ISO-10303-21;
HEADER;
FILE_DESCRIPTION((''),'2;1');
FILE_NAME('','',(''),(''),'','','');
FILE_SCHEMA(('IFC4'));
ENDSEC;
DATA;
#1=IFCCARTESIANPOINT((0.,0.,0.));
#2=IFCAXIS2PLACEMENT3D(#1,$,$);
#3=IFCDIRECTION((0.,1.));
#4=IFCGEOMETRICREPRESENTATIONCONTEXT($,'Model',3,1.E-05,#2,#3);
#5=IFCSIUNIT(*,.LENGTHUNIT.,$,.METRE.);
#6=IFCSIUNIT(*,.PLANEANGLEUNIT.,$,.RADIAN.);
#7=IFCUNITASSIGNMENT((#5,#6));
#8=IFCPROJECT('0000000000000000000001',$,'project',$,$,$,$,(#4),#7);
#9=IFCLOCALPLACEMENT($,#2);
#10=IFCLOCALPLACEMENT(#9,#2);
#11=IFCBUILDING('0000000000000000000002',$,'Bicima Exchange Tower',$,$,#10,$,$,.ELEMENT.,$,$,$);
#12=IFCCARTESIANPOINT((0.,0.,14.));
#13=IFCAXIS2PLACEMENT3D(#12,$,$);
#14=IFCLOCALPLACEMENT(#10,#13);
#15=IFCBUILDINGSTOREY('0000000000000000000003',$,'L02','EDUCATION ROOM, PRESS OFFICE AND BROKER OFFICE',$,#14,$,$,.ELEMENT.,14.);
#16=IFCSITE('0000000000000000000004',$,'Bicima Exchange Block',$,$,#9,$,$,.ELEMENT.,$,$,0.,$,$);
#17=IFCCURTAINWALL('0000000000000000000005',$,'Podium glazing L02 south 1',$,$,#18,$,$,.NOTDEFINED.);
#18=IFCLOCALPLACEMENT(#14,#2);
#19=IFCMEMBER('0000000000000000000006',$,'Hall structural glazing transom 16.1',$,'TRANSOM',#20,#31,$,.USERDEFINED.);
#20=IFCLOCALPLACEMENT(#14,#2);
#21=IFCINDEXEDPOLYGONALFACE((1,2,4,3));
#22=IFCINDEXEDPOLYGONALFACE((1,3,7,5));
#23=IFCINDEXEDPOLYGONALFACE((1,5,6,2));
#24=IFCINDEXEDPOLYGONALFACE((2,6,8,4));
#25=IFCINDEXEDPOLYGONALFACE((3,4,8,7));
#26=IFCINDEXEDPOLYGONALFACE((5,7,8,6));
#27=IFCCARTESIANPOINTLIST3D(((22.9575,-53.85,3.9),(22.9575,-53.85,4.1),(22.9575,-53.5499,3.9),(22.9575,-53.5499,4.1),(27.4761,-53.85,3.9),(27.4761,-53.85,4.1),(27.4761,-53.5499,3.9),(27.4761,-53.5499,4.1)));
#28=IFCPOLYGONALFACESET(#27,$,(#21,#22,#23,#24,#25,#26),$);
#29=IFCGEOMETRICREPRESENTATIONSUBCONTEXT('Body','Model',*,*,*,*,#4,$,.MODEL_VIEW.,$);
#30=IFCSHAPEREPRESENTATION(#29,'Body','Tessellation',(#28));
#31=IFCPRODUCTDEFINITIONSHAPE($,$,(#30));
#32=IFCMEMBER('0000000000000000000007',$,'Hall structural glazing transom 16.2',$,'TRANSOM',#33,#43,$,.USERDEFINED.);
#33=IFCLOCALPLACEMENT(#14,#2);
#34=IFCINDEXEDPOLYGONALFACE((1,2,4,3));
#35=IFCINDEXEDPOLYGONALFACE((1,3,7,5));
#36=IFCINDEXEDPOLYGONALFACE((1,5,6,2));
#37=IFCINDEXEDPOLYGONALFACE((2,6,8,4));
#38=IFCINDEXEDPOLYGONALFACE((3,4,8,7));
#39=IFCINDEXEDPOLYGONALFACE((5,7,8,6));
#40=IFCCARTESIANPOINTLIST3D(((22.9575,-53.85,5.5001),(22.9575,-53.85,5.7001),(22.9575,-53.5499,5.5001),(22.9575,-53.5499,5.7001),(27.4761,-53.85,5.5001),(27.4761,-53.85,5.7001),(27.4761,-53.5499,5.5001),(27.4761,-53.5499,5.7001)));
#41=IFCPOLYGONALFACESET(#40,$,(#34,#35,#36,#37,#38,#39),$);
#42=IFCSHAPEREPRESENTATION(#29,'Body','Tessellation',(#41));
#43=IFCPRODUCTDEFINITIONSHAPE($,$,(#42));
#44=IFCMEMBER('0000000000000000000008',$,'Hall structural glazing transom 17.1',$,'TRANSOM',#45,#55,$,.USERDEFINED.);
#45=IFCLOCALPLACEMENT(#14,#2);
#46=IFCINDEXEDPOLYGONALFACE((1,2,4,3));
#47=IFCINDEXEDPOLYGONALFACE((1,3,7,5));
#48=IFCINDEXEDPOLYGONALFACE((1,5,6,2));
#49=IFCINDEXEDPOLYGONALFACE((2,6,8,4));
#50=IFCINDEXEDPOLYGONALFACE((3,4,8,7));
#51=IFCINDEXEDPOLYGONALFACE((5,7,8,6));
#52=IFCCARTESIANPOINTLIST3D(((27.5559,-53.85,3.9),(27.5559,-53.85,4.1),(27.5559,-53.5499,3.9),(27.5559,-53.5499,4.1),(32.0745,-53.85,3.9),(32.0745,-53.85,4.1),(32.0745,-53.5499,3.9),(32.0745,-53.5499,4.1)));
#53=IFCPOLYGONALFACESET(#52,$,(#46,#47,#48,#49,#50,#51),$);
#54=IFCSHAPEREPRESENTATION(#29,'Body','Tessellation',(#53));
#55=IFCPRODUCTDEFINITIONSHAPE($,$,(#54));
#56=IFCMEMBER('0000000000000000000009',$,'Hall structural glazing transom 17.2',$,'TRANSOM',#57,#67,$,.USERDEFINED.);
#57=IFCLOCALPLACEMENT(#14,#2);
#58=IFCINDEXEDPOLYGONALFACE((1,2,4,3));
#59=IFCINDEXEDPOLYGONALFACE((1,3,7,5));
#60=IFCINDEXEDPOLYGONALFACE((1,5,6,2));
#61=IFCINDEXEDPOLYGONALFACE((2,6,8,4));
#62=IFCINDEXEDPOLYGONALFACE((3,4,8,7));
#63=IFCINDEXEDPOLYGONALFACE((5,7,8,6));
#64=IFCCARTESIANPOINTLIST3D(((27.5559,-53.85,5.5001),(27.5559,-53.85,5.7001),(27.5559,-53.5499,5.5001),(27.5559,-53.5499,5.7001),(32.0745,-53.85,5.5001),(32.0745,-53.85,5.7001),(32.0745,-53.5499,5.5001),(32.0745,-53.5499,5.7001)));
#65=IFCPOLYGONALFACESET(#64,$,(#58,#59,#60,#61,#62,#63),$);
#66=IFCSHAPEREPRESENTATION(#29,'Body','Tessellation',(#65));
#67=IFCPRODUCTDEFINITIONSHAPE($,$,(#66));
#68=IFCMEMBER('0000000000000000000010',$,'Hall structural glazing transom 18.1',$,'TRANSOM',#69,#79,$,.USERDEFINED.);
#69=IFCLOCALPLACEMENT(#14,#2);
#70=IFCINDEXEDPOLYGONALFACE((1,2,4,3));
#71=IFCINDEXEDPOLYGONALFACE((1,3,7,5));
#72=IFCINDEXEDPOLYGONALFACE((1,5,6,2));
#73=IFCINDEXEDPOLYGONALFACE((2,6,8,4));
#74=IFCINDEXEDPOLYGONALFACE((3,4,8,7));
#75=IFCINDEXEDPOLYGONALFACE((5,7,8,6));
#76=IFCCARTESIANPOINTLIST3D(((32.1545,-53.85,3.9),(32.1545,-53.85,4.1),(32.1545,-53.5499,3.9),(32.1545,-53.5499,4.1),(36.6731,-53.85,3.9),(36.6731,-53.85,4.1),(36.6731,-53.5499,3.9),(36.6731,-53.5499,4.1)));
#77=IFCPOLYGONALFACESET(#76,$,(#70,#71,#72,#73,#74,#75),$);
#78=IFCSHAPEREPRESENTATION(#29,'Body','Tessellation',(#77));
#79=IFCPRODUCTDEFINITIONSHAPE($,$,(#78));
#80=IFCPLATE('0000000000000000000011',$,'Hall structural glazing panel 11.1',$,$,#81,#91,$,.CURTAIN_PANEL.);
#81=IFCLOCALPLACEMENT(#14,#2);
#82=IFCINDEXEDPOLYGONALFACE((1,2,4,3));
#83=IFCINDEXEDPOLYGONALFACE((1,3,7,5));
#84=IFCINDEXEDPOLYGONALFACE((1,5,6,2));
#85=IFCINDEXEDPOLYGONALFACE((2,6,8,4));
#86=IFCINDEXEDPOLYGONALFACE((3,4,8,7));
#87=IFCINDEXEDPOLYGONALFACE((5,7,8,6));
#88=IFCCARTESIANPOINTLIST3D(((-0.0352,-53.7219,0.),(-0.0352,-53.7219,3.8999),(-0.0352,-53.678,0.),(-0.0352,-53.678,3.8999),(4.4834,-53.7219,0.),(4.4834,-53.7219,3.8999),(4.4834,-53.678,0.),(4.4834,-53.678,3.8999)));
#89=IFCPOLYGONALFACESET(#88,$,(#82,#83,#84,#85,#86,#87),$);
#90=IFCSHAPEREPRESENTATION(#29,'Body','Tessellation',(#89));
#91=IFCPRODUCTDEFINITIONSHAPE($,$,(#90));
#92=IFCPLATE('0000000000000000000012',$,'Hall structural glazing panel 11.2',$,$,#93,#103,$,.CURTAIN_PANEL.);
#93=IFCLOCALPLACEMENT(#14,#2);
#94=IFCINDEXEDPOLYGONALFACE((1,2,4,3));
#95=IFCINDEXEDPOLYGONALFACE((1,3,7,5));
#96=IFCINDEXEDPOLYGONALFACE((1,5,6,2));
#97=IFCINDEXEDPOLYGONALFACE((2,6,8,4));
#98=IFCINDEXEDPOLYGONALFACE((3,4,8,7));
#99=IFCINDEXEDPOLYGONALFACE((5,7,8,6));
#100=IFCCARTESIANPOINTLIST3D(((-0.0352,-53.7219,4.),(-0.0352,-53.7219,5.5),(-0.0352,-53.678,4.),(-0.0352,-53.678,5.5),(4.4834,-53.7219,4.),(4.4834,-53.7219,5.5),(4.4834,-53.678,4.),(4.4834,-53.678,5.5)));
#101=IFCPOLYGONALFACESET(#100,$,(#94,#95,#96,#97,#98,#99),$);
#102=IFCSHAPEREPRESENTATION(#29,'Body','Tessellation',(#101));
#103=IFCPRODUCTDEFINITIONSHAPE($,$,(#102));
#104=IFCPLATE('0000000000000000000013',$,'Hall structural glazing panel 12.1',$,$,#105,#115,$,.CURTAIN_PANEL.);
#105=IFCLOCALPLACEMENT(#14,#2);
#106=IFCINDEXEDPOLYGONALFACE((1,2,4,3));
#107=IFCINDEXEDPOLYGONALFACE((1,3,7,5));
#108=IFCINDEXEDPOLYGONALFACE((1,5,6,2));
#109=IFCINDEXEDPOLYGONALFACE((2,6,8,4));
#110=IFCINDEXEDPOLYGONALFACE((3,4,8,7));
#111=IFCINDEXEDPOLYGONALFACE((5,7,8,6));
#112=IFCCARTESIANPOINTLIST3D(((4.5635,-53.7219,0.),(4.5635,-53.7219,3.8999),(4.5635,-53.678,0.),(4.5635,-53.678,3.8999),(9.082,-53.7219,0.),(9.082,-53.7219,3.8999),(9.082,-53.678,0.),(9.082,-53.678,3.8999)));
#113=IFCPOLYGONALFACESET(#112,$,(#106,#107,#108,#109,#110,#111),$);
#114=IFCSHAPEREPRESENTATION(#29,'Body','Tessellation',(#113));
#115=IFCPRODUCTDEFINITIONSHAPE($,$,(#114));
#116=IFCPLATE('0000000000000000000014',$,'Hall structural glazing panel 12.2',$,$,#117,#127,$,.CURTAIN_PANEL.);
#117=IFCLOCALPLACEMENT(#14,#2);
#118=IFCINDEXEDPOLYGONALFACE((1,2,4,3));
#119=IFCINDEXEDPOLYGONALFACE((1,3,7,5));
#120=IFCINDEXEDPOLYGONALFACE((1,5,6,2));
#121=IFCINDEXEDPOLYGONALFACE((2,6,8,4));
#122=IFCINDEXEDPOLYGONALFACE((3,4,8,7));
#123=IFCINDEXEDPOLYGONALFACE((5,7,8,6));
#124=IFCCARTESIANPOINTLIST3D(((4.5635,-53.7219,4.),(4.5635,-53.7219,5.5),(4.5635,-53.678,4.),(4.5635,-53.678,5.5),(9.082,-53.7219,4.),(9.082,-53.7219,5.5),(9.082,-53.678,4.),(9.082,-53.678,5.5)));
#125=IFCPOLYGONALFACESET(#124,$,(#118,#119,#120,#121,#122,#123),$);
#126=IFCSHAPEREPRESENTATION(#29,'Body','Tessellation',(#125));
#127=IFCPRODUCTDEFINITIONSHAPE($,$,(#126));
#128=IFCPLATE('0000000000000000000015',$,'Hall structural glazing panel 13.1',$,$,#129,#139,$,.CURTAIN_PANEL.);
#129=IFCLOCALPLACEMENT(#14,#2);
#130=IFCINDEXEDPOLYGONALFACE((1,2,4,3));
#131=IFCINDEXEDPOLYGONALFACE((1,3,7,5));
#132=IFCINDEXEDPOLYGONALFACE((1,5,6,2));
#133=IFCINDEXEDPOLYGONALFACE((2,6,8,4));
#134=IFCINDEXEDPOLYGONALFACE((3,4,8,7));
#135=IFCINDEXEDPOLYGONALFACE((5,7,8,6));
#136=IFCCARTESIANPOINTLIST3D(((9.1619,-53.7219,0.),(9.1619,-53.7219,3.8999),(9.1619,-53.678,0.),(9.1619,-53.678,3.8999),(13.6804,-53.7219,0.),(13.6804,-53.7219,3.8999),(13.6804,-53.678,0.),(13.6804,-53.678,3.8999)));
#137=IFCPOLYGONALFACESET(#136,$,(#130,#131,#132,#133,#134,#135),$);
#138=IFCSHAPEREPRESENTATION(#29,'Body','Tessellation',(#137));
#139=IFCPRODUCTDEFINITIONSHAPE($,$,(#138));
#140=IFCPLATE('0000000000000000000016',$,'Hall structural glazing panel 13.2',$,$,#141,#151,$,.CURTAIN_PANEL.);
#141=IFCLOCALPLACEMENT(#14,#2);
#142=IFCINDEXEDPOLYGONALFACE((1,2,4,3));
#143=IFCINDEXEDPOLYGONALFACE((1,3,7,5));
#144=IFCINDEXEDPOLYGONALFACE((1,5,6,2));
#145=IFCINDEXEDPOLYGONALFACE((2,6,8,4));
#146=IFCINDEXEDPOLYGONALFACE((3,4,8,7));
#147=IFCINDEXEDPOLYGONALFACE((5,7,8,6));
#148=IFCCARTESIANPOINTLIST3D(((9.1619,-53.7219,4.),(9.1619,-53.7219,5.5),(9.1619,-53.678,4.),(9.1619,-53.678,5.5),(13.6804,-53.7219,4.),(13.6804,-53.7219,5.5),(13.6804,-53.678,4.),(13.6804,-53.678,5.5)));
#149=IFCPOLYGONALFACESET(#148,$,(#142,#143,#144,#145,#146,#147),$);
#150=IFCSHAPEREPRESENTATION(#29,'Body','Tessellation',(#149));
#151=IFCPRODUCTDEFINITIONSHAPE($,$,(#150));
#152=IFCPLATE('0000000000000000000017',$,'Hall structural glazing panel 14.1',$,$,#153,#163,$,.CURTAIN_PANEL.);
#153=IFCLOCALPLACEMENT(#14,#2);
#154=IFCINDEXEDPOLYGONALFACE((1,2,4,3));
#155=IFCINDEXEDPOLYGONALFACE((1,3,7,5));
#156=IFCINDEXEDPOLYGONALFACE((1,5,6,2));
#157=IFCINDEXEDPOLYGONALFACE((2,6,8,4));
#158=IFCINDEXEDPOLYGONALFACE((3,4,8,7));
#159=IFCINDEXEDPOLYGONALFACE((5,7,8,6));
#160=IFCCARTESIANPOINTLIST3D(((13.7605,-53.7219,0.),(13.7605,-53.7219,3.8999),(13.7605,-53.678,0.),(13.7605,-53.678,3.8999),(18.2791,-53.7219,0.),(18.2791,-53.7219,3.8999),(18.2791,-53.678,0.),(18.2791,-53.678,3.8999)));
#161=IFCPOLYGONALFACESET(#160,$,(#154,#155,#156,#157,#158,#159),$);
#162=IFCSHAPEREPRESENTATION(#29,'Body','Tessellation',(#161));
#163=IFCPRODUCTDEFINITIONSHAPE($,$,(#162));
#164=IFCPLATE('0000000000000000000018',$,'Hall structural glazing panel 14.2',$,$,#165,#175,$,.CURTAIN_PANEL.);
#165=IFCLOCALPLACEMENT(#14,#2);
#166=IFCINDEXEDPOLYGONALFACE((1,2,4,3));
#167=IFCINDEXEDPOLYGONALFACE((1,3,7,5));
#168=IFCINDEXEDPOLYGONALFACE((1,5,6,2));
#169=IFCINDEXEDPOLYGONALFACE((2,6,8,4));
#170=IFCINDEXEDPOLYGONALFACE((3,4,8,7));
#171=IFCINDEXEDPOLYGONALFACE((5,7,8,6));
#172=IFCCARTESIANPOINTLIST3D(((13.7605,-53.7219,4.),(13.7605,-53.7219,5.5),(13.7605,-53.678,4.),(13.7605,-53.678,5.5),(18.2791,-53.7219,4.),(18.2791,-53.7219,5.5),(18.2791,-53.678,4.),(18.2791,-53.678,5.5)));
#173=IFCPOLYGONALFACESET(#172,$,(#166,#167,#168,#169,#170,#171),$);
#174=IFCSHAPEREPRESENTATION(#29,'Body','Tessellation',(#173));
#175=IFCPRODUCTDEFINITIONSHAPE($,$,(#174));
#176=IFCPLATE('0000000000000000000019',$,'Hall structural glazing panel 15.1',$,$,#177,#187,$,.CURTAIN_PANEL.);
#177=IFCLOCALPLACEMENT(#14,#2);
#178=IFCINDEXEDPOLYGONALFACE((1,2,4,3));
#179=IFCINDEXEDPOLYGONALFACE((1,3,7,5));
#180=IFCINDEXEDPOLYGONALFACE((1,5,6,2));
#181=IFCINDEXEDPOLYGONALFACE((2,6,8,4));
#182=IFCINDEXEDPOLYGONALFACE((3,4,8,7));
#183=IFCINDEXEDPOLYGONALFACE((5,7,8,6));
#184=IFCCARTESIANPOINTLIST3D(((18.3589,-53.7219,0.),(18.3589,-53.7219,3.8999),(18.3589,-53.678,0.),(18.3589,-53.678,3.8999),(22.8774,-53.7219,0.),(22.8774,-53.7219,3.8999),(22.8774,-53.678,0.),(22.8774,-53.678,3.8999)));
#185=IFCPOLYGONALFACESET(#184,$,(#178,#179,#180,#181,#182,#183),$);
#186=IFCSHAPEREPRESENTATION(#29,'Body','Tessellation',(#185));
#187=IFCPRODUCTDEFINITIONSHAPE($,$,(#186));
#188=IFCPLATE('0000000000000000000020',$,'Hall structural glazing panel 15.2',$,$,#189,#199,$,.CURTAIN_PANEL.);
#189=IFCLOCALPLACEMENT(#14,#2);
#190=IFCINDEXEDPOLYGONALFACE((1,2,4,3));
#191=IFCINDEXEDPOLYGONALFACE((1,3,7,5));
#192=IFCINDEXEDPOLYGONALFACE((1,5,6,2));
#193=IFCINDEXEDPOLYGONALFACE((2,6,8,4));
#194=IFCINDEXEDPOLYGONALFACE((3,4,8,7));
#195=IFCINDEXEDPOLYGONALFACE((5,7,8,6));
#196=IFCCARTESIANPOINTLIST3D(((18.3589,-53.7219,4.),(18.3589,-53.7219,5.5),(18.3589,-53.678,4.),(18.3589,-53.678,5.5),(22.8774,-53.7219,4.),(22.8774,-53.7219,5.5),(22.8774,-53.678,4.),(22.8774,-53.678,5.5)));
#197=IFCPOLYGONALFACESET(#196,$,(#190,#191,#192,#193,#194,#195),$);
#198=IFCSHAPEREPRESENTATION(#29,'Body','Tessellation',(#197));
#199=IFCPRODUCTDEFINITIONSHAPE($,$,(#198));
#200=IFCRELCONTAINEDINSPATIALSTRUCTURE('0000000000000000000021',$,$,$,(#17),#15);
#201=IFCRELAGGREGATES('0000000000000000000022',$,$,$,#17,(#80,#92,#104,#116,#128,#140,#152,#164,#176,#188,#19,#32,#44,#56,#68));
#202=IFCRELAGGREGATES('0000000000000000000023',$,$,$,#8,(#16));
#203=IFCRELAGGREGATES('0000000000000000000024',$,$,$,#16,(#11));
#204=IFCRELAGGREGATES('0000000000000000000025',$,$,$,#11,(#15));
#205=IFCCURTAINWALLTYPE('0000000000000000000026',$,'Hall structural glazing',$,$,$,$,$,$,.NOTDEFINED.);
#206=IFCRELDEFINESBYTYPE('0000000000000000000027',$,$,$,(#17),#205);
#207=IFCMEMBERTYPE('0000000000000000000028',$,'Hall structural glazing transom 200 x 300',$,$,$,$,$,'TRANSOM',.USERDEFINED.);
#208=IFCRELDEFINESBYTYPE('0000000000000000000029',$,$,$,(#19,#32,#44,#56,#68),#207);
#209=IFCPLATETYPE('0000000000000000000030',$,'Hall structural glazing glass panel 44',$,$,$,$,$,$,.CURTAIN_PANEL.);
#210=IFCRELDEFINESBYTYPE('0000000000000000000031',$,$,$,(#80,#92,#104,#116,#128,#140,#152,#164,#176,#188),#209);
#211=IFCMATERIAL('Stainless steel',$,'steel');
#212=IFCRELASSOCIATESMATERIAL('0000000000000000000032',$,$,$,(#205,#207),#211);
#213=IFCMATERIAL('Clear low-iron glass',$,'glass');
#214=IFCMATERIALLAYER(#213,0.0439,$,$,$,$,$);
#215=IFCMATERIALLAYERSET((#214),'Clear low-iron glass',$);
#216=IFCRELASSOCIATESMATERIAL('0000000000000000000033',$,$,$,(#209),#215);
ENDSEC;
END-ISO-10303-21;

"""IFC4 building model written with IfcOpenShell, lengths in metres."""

from ifc_helpers import new_model, si_unit, direction, frame, origin, origin_2d, place, context, subcontext, project, spatial, rectangle, extrude, material, layer, layer_set, material_profile, profile_set, type_object, element, aggregate, save


model = new_model("IFC4")

# Units and contexts
model_context = context("Model", 3, precision=1e-05, world=origin(), true_north=direction((0.0, 1.0)))
body_context = subcontext(model_context, "Body", "Model", "MODEL_VIEW")
ifc_project = project(units=[si_unit("LENGTHUNIT", "METRE"), si_unit("PLANEANGLEUNIT", "RADIAN")], contexts=[model_context])

# Site, building, storey
site_placement = place(None, origin())
site = spatial("IfcSite", under=ifc_project, at=site_placement, Name="Bicima Exchange Block", CompositionType="ELEMENT", RefElevation=0.0)
building_placement = place(site_placement, origin())
building = spatial("IfcBuilding", under=site, at=building_placement, Name="Bicima Exchange Tower", CompositionType="ELEMENT")
storey_placement = place(building_placement, frame((0.0, 0.0, 14.0)))
storey = spatial("IfcBuildingStorey", under=building, at=storey_placement, Name="L02", Description="EDUCATION ROOM, PRESS OFFICE AND BROKER OFFICE", CompositionType="ELEMENT", Elevation=14.0)

# Curtain wall, members, plates
ifc_material_1 = material(Name="Stainless steel", Category="steel")
curtain_wall_type = type_object("IfcCurtainWallType", Name="Hall structural glazing", PredefinedType="NOTDEFINED", material=ifc_material_1)
curtain_wall_placement = place(storey_placement, origin())
curtain_wall = element("IfcCurtainWall", 1, at=curtain_wall_placement, inside=storey, type_object=curtain_wall_type, Name="Podium glazing L02 south 1", PredefinedType="NOTDEFINED")
ifc_material_profile_1 = material_profile(ifc_material_1, rectangle(XDim=0.3, YDim=0.2, at=origin_2d()))
ifc_profile_set_1 = profile_set([ifc_material_profile_1], Name="Stainless steel")
member_type_1 = type_object("IfcMemberType", Name="Hall structural glazing transom 200 x 300", ElementType="TRANSOM", PredefinedType="USERDEFINED", material=ifc_profile_set_1)
member_1_placement = place(storey_placement, frame((22.9575, -53.7, 4.0), z_axis=(1.0, 0.0, 0.0), x_axis=(0.0, 1.0, 0.0)))
member_1 = element("IfcMember", 2, at=member_1_placement, type_object=member_type_1, Name="Hall structural glazing transom 16.1", ObjectType="TRANSOM", PredefinedType="USERDEFINED", context=body_context, shape_type="SweptSolid", body=[
    extrude(rectangle(XDim=0.3, YDim=0.2, at=origin_2d()), origin(), (0.0, 0.0, 1.0), 4.5186),
])
member_2_placement = place(storey_placement, frame((22.9575, -53.7, 5.6001), z_axis=(1.0, 0.0, 0.0), x_axis=(0.0, 1.0, 0.0)))
member_2 = element("IfcMember", 3, at=member_2_placement, type_object=member_type_1, Name="Hall structural glazing transom 16.2", ObjectType="TRANSOM", PredefinedType="USERDEFINED", context=body_context, shape_type="SweptSolid", body=[
    extrude(rectangle(XDim=0.3, YDim=0.2, at=origin_2d()), origin(), (0.0, 0.0, 1.0), 4.5186),
])
member_3_placement = place(storey_placement, frame((27.5559, -53.7, 4.0), z_axis=(1.0, 0.0, 0.0), x_axis=(0.0, 1.0, 0.0)))
member_3 = element("IfcMember", 4, at=member_3_placement, type_object=member_type_1, Name="Hall structural glazing transom 17.1", ObjectType="TRANSOM", PredefinedType="USERDEFINED", context=body_context, shape_type="SweptSolid", body=[
    extrude(rectangle(XDim=0.3, YDim=0.2, at=origin_2d()), origin(), (0.0, 0.0, 1.0), 4.5186),
])
member_4_placement = place(storey_placement, frame((27.5559, -53.7, 5.6001), z_axis=(1.0, 0.0, 0.0), x_axis=(0.0, 1.0, 0.0)))
member_4 = element("IfcMember", 5, at=member_4_placement, type_object=member_type_1, Name="Hall structural glazing transom 17.2", ObjectType="TRANSOM", PredefinedType="USERDEFINED", context=body_context, shape_type="SweptSolid", body=[
    extrude(rectangle(XDim=0.3, YDim=0.2, at=origin_2d()), origin(), (0.0, 0.0, 1.0), 4.5186),
])
member_5_placement = place(storey_placement, frame((32.1545, -53.7, 4.0), z_axis=(1.0, 0.0, 0.0), x_axis=(0.0, 1.0, 0.0)))
member_5 = element("IfcMember", 6, at=member_5_placement, type_object=member_type_1, Name="Hall structural glazing transom 18.1", ObjectType="TRANSOM", PredefinedType="USERDEFINED", context=body_context, shape_type="SweptSolid", body=[
    extrude(rectangle(XDim=0.3, YDim=0.2, at=origin_2d()), origin(), (0.0, 0.0, 1.0), 4.5186),
])
ifc_material_2 = material(Name="Clear low-iron glass", Category="glass")
ifc_layer_1 = layer(ifc_material_2, 0.0439)
ifc_layer_set_1 = layer_set([ifc_layer_1], Name="Clear low-iron glass")
plate_type = type_object("IfcPlateType", Name="Hall structural glazing glass panel 44", PredefinedType="CURTAIN_PANEL", material=ifc_layer_set_1)
plate_1_placement = place(storey_placement, frame((2.2241, -53.7, 0.0), z_axis=(0.0, 0.0, 1.0), x_axis=(1.0, 0.0, 0.0)))
plate_1 = element("IfcPlate", 7, at=plate_1_placement, type_object=plate_type, Name="Hall structural glazing panel 11.1", PredefinedType="CURTAIN_PANEL", context=body_context, shape_type="SweptSolid", body=[
    extrude(rectangle(XDim=4.5186, YDim=0.0439, at=origin_2d()), origin(), (0.0, 0.0, 1.0), 3.8999),
])
plate_2_placement = place(storey_placement, frame((2.2241, -53.7, 4.0), z_axis=(0.0, 0.0, 1.0), x_axis=(1.0, 0.0, 0.0)))
plate_2 = element("IfcPlate", 8, at=plate_2_placement, type_object=plate_type, Name="Hall structural glazing panel 11.2", PredefinedType="CURTAIN_PANEL", context=body_context, shape_type="SweptSolid", body=[
    extrude(rectangle(XDim=4.5186, YDim=0.0439, at=origin_2d()), origin(), (0.0, 0.0, 1.0), 1.5),
])
plate_3_placement = place(storey_placement, frame((6.8228, -53.7, 0.0), z_axis=(0.0, 0.0, 1.0), x_axis=(1.0, 0.0, 0.0)))
plate_3 = element("IfcPlate", 9, at=plate_3_placement, type_object=plate_type, Name="Hall structural glazing panel 12.1", PredefinedType="CURTAIN_PANEL", context=body_context, shape_type="SweptSolid", body=[
    extrude(rectangle(XDim=4.5186, YDim=0.0439, at=origin_2d()), origin(), (0.0, 0.0, 1.0), 3.8999),
])
plate_4_placement = place(storey_placement, frame((6.8228, -53.7, 4.0), z_axis=(0.0, 0.0, 1.0), x_axis=(1.0, 0.0, 0.0)))
plate_4 = element("IfcPlate", 10, at=plate_4_placement, type_object=plate_type, Name="Hall structural glazing panel 12.2", PredefinedType="CURTAIN_PANEL", context=body_context, shape_type="SweptSolid", body=[
    extrude(rectangle(XDim=4.5186, YDim=0.0439, at=origin_2d()), origin(), (0.0, 0.0, 1.0), 1.5),
])
plate_5_placement = place(storey_placement, frame((11.4211, -53.7, 0.0), z_axis=(0.0, 0.0, 1.0), x_axis=(1.0, 0.0, 0.0)))
plate_5 = element("IfcPlate", 11, at=plate_5_placement, type_object=plate_type, Name="Hall structural glazing panel 13.1", PredefinedType="CURTAIN_PANEL", context=body_context, shape_type="SweptSolid", body=[
    extrude(rectangle(XDim=4.5186, YDim=0.0439, at=origin_2d()), origin(), (0.0, 0.0, 1.0), 3.8999),
])
plate_6_placement = place(storey_placement, frame((11.4211, -53.7, 4.0), z_axis=(0.0, 0.0, 1.0), x_axis=(1.0, 0.0, 0.0)))
plate_6 = element("IfcPlate", 12, at=plate_6_placement, type_object=plate_type, Name="Hall structural glazing panel 13.2", PredefinedType="CURTAIN_PANEL", context=body_context, shape_type="SweptSolid", body=[
    extrude(rectangle(XDim=4.5186, YDim=0.0439, at=origin_2d()), origin(), (0.0, 0.0, 1.0), 1.5),
])
plate_7_placement = place(storey_placement, frame((16.0198, -53.7, 0.0), z_axis=(0.0, 0.0, 1.0), x_axis=(1.0, 0.0, 0.0)))
plate_7 = element("IfcPlate", 13, at=plate_7_placement, type_object=plate_type, Name="Hall structural glazing panel 14.1", PredefinedType="CURTAIN_PANEL", context=body_context, shape_type="SweptSolid", body=[
    extrude(rectangle(XDim=4.5186, YDim=0.0439, at=origin_2d()), origin(), (0.0, 0.0, 1.0), 3.8999),
])
plate_8_placement = place(storey_placement, frame((16.0198, -53.7, 4.0), z_axis=(0.0, 0.0, 1.0), x_axis=(1.0, 0.0, 0.0)))
plate_8 = element("IfcPlate", 14, at=plate_8_placement, type_object=plate_type, Name="Hall structural glazing panel 14.2", PredefinedType="CURTAIN_PANEL", context=body_context, shape_type="SweptSolid", body=[
    extrude(rectangle(XDim=4.5186, YDim=0.0439, at=origin_2d()), origin(), (0.0, 0.0, 1.0), 1.5),
])
plate_9_placement = place(storey_placement, frame((20.6182, -53.7, 0.0), z_axis=(0.0, 0.0, 1.0), x_axis=(1.0, 0.0, 0.0)))
plate_9 = element("IfcPlate", 15, at=plate_9_placement, type_object=plate_type, Name="Hall structural glazing panel 15.1", PredefinedType="CURTAIN_PANEL", context=body_context, shape_type="SweptSolid", body=[
    extrude(rectangle(XDim=4.5186, YDim=0.0439, at=origin_2d()), origin(), (0.0, 0.0, 1.0), 3.8999),
])
plate_10_placement = place(storey_placement, frame((20.6182, -53.7, 4.0), z_axis=(0.0, 0.0, 1.0), x_axis=(1.0, 0.0, 0.0)))
plate_10 = element("IfcPlate", 16, at=plate_10_placement, type_object=plate_type, Name="Hall structural glazing panel 15.2", PredefinedType="CURTAIN_PANEL", context=body_context, shape_type="SweptSolid", body=[
    extrude(rectangle(XDim=4.5186, YDim=0.0439, at=origin_2d()), origin(), (0.0, 0.0, 1.0), 1.5),
])
aggregate(curtain_wall, [plate_1, plate_2, plate_3, plate_4, plate_5, plate_6, plate_7, plate_8, plate_9, plate_10, member_1, member_2, member_3, member_4, member_5])

save(model, "model.ifc")
